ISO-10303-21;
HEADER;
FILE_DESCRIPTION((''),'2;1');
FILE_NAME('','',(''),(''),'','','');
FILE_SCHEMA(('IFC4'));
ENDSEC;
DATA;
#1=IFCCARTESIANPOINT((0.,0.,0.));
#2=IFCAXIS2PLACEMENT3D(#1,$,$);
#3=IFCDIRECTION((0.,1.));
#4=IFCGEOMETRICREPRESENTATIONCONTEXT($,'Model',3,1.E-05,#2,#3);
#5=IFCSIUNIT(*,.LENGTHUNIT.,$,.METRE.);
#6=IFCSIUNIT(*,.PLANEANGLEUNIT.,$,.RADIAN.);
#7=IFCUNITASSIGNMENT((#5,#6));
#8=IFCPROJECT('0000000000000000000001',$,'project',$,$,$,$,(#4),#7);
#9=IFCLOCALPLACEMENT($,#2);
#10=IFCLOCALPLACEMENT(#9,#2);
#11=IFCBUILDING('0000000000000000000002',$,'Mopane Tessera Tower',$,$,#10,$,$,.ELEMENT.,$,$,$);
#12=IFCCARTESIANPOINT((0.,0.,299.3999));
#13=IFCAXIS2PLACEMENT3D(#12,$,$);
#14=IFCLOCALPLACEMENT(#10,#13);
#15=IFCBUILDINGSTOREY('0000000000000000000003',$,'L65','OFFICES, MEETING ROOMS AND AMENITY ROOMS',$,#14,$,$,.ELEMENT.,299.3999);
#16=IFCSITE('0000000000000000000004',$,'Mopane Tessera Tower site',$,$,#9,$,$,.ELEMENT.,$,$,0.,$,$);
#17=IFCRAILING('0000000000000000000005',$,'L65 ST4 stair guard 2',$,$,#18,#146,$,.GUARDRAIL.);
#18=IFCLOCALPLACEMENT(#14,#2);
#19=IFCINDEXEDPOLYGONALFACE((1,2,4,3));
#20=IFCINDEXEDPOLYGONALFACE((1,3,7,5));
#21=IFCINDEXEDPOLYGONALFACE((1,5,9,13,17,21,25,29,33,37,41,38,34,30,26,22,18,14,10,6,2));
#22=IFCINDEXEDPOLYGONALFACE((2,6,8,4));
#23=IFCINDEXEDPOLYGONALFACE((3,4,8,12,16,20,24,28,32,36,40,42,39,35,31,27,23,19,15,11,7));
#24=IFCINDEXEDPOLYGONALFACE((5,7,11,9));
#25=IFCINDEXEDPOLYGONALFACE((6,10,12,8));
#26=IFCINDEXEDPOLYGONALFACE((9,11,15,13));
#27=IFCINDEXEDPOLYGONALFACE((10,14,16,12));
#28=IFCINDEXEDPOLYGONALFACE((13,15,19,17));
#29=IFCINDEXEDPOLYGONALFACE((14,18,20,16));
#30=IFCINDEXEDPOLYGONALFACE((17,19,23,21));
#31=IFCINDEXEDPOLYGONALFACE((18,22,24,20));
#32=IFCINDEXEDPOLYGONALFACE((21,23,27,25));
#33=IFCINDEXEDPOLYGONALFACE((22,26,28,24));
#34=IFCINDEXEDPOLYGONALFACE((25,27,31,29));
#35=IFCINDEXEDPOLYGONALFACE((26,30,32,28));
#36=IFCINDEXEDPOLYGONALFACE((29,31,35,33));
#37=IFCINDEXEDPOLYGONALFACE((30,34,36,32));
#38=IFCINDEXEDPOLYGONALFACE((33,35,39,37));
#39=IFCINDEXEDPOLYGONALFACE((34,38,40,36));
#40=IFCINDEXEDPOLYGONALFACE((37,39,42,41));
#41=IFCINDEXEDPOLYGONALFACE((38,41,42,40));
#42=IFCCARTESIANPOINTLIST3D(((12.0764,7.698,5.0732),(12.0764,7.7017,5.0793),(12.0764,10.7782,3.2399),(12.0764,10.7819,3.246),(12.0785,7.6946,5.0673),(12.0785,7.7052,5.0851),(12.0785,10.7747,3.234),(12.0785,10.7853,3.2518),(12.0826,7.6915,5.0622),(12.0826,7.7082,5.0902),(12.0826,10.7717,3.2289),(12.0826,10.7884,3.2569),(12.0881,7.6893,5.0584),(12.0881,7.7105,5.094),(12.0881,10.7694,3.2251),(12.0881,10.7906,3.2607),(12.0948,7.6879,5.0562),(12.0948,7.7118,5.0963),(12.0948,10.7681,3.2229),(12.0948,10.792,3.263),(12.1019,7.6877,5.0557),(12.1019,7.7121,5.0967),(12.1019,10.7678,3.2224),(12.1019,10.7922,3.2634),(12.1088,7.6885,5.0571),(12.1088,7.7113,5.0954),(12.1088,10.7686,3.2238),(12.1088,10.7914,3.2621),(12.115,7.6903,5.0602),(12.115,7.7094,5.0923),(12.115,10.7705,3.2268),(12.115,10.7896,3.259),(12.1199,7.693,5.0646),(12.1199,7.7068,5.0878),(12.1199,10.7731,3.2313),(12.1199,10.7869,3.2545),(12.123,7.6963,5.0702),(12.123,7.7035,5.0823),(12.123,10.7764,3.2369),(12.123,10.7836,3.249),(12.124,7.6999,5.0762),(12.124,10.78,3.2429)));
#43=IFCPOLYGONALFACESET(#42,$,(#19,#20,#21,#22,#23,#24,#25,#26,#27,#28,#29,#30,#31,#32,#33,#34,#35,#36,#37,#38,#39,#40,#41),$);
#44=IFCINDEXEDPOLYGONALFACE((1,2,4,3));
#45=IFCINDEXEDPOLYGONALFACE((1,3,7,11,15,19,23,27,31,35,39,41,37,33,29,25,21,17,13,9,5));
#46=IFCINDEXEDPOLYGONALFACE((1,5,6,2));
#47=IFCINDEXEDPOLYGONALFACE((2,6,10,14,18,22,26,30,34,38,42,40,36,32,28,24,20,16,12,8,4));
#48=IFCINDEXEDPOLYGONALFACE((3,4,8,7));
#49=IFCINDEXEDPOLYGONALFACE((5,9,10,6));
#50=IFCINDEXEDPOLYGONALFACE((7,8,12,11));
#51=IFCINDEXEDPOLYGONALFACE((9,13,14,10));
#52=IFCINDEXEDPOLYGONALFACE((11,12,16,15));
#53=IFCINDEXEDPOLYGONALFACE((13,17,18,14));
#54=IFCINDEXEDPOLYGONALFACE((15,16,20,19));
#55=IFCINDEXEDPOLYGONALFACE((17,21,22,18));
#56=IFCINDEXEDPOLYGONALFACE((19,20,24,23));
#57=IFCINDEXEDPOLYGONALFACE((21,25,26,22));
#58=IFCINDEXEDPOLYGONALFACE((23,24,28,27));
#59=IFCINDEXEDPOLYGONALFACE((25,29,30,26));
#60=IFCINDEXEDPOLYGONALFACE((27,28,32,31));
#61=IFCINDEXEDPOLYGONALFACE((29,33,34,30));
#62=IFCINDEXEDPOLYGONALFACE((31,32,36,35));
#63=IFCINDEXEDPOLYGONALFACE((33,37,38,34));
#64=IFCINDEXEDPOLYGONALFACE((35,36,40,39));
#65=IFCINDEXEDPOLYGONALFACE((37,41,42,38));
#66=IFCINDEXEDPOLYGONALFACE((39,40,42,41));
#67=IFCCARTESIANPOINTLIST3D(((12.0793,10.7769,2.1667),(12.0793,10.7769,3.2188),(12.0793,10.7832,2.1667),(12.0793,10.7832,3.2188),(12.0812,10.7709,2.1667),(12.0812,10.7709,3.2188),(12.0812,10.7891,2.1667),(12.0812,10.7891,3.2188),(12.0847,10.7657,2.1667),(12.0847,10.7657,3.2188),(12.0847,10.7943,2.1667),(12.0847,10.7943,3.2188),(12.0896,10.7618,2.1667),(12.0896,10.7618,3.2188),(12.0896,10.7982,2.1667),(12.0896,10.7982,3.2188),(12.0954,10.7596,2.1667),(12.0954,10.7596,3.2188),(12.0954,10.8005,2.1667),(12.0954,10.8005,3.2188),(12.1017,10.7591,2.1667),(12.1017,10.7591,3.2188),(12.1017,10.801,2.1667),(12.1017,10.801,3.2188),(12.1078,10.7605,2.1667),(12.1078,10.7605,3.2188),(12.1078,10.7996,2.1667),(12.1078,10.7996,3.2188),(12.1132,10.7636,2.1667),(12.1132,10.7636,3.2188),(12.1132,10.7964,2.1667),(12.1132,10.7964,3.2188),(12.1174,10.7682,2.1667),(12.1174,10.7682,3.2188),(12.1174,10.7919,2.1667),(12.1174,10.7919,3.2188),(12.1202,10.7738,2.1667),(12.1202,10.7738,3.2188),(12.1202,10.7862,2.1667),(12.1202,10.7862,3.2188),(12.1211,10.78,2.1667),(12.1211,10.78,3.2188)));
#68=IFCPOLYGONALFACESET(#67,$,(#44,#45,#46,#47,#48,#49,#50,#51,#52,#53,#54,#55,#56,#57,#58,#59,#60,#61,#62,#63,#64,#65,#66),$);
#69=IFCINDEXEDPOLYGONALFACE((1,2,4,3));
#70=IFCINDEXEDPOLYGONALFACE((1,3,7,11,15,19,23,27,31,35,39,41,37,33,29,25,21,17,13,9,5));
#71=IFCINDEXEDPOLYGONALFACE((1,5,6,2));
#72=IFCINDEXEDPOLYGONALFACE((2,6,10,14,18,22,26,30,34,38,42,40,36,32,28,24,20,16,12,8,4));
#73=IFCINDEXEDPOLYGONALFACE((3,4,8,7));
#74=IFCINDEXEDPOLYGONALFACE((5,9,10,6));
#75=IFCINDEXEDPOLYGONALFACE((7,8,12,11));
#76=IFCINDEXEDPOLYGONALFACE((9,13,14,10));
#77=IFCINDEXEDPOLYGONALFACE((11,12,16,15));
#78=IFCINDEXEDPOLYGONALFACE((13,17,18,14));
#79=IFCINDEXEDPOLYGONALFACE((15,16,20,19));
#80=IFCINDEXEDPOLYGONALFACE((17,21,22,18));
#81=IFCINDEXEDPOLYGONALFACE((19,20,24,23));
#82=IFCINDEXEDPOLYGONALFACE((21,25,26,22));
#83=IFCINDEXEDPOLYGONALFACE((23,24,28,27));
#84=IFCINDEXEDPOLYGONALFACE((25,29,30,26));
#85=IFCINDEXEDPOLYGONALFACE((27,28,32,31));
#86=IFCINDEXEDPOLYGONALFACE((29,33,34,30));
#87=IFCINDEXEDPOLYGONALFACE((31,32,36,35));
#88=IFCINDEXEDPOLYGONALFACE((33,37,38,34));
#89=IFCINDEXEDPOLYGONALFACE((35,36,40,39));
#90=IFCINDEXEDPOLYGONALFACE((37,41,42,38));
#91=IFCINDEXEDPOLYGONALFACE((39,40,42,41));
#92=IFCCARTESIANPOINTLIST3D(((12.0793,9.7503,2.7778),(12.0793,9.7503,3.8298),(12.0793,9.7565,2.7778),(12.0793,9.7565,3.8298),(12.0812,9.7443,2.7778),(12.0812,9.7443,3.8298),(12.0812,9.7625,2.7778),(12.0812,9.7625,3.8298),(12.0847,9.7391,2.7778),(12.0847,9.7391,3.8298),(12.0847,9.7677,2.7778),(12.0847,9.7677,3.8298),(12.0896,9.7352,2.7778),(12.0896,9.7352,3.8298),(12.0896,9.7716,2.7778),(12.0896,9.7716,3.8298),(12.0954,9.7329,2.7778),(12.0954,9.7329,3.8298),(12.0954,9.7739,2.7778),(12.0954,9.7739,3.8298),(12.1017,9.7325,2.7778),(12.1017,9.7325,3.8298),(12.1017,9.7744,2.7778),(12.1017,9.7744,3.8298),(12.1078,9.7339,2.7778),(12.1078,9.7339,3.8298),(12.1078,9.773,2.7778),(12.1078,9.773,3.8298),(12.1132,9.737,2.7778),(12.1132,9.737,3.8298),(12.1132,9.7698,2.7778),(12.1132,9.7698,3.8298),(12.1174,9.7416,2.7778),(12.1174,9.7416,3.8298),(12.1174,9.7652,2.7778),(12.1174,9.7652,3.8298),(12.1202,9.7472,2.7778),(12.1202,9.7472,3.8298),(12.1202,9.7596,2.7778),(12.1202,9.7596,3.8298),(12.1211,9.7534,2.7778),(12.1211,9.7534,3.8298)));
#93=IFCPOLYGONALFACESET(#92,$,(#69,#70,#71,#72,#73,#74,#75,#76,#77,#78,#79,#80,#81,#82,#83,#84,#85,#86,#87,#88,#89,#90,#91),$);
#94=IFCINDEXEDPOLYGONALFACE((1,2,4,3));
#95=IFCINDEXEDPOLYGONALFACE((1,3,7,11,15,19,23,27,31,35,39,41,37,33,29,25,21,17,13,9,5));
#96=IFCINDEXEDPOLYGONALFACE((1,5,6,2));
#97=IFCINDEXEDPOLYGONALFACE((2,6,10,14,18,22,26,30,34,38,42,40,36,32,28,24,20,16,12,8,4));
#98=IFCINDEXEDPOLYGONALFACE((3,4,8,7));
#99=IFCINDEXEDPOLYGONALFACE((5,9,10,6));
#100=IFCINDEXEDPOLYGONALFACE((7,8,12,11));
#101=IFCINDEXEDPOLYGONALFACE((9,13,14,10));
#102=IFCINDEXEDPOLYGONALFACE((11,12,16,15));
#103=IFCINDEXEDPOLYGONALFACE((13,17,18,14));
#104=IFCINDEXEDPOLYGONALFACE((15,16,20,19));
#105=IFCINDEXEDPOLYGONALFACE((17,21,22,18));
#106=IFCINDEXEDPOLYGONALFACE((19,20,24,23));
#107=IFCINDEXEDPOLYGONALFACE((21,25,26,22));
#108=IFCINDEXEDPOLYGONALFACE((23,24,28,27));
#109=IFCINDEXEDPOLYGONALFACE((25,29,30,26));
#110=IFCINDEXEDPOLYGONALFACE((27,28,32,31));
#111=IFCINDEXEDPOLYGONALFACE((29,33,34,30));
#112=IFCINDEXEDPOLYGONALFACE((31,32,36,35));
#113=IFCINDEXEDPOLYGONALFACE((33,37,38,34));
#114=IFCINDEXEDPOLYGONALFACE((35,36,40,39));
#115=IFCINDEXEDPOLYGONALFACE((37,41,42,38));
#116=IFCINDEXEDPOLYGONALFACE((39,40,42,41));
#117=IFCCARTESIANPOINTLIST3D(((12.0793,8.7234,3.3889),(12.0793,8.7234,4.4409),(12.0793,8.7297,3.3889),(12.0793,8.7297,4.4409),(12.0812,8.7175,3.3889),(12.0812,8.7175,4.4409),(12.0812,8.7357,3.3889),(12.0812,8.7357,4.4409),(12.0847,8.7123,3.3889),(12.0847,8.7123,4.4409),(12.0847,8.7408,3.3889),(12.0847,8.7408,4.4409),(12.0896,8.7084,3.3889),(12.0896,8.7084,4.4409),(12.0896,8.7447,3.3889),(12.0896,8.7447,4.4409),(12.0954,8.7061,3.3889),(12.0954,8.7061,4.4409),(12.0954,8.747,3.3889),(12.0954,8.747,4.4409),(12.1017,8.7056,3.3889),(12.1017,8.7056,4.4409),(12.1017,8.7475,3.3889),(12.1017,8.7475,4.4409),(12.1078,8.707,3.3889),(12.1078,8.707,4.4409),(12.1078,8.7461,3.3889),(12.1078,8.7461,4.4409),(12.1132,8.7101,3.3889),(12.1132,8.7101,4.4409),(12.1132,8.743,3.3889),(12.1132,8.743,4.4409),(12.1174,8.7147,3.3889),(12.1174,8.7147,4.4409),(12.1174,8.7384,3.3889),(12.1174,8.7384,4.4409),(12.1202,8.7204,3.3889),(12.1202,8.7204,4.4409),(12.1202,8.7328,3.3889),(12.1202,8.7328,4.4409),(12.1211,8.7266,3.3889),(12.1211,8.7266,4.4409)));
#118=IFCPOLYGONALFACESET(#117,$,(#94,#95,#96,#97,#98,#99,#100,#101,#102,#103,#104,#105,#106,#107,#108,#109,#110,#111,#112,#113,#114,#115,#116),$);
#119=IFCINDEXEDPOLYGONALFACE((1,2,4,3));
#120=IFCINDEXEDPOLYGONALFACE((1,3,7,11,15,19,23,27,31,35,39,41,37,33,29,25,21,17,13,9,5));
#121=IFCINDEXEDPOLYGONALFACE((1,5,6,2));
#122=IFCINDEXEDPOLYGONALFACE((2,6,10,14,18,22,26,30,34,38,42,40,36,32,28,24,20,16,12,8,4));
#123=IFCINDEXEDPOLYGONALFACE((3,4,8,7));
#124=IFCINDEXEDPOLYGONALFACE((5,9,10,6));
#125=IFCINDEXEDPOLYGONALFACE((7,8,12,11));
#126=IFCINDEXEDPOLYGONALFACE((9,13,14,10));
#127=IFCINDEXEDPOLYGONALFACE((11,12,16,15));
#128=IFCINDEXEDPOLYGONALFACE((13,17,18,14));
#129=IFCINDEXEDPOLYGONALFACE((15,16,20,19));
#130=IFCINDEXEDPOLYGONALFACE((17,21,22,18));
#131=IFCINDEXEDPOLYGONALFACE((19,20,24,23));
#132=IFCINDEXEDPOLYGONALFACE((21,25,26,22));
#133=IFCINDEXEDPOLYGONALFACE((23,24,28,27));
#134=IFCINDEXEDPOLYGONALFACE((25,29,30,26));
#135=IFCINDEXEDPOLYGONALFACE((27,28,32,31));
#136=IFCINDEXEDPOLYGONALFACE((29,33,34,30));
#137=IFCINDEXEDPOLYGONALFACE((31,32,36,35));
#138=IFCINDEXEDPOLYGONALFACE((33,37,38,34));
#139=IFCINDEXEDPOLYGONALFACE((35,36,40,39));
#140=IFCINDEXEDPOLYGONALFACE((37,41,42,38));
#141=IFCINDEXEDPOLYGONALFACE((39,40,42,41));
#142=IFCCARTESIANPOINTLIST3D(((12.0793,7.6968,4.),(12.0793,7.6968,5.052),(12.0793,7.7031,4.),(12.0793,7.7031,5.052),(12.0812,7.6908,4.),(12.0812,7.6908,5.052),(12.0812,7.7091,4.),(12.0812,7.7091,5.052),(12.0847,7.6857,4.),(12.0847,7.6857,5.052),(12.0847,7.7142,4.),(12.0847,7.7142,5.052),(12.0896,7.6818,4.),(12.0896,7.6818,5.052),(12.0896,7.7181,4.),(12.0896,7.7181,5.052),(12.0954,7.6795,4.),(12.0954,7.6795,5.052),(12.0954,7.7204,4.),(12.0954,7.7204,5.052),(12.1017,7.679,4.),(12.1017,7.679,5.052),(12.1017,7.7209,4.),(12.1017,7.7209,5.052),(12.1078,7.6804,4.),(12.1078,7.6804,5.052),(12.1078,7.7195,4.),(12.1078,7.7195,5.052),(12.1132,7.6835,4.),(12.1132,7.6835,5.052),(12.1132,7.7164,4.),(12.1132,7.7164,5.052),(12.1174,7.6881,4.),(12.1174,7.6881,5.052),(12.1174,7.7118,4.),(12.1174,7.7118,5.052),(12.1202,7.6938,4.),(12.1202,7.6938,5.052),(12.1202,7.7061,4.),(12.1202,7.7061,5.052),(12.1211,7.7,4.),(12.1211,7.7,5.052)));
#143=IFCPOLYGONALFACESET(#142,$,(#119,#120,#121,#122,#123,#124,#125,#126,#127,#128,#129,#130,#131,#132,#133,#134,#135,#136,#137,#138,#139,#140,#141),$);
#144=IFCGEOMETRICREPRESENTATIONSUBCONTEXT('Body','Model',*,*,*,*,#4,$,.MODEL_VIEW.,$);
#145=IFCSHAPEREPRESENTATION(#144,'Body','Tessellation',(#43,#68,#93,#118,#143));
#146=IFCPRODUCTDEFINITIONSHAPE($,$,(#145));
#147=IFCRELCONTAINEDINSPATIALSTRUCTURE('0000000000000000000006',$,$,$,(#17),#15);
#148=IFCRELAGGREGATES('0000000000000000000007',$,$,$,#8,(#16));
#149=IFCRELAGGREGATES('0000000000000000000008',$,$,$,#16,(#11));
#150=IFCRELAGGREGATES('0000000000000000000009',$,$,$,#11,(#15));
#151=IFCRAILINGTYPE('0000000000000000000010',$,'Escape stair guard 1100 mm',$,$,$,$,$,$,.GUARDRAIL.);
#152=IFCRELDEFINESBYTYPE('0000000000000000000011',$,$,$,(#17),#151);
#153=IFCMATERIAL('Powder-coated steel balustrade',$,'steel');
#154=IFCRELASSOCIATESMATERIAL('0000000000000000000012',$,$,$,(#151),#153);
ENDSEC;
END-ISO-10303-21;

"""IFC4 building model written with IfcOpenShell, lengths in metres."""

from ifc_helpers import new_model, si_unit, direction, frame, origin, origin_2d, place, context, subcontext, project, spatial, circle, extrude, material, type_object, element, save


model = new_model("IFC4")

# Units and contexts
model_context = context("Model", 3, precision=1e-05, world=origin(), true_north=direction((0.0, 1.0)))
body_context = subcontext(model_context, "Body", "Model", "MODEL_VIEW")
ifc_project = project(units=[si_unit("LENGTHUNIT", "METRE"), si_unit("PLANEANGLEUNIT", "RADIAN")], contexts=[model_context])

# Site, building, storey
site_placement = place(None, origin())
site = spatial("IfcSite", under=ifc_project, at=site_placement, Name="Mopane Tessera Tower site", CompositionType="ELEMENT", RefElevation=0.0)
building_placement = place(site_placement, origin())
building = spatial("IfcBuilding", under=site, at=building_placement, Name="Mopane Tessera Tower", CompositionType="ELEMENT")
storey_placement = place(building_placement, frame((0.0, 0.0, 299.3999)))
storey = spatial("IfcBuildingStorey", under=building, at=storey_placement, Name="L65", Description="OFFICES, MEETING ROOMS AND AMENITY ROOMS", CompositionType="ELEMENT", Elevation=299.3999)

# Railing
ifc_material_1 = material(Name="Powder-coated steel balustrade", Category="steel")
railing_type_1 = type_object("IfcRailingType", Name="Escape stair guard 1100 mm", PredefinedType="GUARDRAIL", material=ifc_material_1)
railing_1_placement = place(storey_placement, frame((12.1001, 10.78, 2.1667)))
element("IfcRailing", 1, at=railing_1_placement, inside=storey, type_object=railing_type_1, Name="L65 ST4 stair guard 2", PredefinedType="GUARDRAIL", context=body_context, shape_type="SweptSolid", body=[
    extrude(circle(Radius=0.0239, at=origin_2d()), frame((0.0, 0.0, 1.0762), z_axis=(0.0, -0.859309, 0.511458), x_axis=(1.0, 0.0, 0.0)), (0.0, 0.0, 1.0), 3.5845),
    extrude(circle(Radius=0.021, at=origin_2d()), origin(), (0.0, 0.0, 1.0), 1.052),
    extrude(circle(Radius=0.021, at=origin_2d()), frame((0.0, -1.0266, 0.6111)), (0.0, 0.0, 1.0), 1.052),
    extrude(circle(Radius=0.021, at=origin_2d()), frame((0.0, -2.0535, 1.2222)), (0.0, 0.0, 1.0), 1.052),
    extrude(circle(Radius=0.021, at=origin_2d()), frame((0.0, -3.0801, 1.8333)), (0.0, 0.0, 1.0), 1.052),
])

save(model, "model.ifc")
